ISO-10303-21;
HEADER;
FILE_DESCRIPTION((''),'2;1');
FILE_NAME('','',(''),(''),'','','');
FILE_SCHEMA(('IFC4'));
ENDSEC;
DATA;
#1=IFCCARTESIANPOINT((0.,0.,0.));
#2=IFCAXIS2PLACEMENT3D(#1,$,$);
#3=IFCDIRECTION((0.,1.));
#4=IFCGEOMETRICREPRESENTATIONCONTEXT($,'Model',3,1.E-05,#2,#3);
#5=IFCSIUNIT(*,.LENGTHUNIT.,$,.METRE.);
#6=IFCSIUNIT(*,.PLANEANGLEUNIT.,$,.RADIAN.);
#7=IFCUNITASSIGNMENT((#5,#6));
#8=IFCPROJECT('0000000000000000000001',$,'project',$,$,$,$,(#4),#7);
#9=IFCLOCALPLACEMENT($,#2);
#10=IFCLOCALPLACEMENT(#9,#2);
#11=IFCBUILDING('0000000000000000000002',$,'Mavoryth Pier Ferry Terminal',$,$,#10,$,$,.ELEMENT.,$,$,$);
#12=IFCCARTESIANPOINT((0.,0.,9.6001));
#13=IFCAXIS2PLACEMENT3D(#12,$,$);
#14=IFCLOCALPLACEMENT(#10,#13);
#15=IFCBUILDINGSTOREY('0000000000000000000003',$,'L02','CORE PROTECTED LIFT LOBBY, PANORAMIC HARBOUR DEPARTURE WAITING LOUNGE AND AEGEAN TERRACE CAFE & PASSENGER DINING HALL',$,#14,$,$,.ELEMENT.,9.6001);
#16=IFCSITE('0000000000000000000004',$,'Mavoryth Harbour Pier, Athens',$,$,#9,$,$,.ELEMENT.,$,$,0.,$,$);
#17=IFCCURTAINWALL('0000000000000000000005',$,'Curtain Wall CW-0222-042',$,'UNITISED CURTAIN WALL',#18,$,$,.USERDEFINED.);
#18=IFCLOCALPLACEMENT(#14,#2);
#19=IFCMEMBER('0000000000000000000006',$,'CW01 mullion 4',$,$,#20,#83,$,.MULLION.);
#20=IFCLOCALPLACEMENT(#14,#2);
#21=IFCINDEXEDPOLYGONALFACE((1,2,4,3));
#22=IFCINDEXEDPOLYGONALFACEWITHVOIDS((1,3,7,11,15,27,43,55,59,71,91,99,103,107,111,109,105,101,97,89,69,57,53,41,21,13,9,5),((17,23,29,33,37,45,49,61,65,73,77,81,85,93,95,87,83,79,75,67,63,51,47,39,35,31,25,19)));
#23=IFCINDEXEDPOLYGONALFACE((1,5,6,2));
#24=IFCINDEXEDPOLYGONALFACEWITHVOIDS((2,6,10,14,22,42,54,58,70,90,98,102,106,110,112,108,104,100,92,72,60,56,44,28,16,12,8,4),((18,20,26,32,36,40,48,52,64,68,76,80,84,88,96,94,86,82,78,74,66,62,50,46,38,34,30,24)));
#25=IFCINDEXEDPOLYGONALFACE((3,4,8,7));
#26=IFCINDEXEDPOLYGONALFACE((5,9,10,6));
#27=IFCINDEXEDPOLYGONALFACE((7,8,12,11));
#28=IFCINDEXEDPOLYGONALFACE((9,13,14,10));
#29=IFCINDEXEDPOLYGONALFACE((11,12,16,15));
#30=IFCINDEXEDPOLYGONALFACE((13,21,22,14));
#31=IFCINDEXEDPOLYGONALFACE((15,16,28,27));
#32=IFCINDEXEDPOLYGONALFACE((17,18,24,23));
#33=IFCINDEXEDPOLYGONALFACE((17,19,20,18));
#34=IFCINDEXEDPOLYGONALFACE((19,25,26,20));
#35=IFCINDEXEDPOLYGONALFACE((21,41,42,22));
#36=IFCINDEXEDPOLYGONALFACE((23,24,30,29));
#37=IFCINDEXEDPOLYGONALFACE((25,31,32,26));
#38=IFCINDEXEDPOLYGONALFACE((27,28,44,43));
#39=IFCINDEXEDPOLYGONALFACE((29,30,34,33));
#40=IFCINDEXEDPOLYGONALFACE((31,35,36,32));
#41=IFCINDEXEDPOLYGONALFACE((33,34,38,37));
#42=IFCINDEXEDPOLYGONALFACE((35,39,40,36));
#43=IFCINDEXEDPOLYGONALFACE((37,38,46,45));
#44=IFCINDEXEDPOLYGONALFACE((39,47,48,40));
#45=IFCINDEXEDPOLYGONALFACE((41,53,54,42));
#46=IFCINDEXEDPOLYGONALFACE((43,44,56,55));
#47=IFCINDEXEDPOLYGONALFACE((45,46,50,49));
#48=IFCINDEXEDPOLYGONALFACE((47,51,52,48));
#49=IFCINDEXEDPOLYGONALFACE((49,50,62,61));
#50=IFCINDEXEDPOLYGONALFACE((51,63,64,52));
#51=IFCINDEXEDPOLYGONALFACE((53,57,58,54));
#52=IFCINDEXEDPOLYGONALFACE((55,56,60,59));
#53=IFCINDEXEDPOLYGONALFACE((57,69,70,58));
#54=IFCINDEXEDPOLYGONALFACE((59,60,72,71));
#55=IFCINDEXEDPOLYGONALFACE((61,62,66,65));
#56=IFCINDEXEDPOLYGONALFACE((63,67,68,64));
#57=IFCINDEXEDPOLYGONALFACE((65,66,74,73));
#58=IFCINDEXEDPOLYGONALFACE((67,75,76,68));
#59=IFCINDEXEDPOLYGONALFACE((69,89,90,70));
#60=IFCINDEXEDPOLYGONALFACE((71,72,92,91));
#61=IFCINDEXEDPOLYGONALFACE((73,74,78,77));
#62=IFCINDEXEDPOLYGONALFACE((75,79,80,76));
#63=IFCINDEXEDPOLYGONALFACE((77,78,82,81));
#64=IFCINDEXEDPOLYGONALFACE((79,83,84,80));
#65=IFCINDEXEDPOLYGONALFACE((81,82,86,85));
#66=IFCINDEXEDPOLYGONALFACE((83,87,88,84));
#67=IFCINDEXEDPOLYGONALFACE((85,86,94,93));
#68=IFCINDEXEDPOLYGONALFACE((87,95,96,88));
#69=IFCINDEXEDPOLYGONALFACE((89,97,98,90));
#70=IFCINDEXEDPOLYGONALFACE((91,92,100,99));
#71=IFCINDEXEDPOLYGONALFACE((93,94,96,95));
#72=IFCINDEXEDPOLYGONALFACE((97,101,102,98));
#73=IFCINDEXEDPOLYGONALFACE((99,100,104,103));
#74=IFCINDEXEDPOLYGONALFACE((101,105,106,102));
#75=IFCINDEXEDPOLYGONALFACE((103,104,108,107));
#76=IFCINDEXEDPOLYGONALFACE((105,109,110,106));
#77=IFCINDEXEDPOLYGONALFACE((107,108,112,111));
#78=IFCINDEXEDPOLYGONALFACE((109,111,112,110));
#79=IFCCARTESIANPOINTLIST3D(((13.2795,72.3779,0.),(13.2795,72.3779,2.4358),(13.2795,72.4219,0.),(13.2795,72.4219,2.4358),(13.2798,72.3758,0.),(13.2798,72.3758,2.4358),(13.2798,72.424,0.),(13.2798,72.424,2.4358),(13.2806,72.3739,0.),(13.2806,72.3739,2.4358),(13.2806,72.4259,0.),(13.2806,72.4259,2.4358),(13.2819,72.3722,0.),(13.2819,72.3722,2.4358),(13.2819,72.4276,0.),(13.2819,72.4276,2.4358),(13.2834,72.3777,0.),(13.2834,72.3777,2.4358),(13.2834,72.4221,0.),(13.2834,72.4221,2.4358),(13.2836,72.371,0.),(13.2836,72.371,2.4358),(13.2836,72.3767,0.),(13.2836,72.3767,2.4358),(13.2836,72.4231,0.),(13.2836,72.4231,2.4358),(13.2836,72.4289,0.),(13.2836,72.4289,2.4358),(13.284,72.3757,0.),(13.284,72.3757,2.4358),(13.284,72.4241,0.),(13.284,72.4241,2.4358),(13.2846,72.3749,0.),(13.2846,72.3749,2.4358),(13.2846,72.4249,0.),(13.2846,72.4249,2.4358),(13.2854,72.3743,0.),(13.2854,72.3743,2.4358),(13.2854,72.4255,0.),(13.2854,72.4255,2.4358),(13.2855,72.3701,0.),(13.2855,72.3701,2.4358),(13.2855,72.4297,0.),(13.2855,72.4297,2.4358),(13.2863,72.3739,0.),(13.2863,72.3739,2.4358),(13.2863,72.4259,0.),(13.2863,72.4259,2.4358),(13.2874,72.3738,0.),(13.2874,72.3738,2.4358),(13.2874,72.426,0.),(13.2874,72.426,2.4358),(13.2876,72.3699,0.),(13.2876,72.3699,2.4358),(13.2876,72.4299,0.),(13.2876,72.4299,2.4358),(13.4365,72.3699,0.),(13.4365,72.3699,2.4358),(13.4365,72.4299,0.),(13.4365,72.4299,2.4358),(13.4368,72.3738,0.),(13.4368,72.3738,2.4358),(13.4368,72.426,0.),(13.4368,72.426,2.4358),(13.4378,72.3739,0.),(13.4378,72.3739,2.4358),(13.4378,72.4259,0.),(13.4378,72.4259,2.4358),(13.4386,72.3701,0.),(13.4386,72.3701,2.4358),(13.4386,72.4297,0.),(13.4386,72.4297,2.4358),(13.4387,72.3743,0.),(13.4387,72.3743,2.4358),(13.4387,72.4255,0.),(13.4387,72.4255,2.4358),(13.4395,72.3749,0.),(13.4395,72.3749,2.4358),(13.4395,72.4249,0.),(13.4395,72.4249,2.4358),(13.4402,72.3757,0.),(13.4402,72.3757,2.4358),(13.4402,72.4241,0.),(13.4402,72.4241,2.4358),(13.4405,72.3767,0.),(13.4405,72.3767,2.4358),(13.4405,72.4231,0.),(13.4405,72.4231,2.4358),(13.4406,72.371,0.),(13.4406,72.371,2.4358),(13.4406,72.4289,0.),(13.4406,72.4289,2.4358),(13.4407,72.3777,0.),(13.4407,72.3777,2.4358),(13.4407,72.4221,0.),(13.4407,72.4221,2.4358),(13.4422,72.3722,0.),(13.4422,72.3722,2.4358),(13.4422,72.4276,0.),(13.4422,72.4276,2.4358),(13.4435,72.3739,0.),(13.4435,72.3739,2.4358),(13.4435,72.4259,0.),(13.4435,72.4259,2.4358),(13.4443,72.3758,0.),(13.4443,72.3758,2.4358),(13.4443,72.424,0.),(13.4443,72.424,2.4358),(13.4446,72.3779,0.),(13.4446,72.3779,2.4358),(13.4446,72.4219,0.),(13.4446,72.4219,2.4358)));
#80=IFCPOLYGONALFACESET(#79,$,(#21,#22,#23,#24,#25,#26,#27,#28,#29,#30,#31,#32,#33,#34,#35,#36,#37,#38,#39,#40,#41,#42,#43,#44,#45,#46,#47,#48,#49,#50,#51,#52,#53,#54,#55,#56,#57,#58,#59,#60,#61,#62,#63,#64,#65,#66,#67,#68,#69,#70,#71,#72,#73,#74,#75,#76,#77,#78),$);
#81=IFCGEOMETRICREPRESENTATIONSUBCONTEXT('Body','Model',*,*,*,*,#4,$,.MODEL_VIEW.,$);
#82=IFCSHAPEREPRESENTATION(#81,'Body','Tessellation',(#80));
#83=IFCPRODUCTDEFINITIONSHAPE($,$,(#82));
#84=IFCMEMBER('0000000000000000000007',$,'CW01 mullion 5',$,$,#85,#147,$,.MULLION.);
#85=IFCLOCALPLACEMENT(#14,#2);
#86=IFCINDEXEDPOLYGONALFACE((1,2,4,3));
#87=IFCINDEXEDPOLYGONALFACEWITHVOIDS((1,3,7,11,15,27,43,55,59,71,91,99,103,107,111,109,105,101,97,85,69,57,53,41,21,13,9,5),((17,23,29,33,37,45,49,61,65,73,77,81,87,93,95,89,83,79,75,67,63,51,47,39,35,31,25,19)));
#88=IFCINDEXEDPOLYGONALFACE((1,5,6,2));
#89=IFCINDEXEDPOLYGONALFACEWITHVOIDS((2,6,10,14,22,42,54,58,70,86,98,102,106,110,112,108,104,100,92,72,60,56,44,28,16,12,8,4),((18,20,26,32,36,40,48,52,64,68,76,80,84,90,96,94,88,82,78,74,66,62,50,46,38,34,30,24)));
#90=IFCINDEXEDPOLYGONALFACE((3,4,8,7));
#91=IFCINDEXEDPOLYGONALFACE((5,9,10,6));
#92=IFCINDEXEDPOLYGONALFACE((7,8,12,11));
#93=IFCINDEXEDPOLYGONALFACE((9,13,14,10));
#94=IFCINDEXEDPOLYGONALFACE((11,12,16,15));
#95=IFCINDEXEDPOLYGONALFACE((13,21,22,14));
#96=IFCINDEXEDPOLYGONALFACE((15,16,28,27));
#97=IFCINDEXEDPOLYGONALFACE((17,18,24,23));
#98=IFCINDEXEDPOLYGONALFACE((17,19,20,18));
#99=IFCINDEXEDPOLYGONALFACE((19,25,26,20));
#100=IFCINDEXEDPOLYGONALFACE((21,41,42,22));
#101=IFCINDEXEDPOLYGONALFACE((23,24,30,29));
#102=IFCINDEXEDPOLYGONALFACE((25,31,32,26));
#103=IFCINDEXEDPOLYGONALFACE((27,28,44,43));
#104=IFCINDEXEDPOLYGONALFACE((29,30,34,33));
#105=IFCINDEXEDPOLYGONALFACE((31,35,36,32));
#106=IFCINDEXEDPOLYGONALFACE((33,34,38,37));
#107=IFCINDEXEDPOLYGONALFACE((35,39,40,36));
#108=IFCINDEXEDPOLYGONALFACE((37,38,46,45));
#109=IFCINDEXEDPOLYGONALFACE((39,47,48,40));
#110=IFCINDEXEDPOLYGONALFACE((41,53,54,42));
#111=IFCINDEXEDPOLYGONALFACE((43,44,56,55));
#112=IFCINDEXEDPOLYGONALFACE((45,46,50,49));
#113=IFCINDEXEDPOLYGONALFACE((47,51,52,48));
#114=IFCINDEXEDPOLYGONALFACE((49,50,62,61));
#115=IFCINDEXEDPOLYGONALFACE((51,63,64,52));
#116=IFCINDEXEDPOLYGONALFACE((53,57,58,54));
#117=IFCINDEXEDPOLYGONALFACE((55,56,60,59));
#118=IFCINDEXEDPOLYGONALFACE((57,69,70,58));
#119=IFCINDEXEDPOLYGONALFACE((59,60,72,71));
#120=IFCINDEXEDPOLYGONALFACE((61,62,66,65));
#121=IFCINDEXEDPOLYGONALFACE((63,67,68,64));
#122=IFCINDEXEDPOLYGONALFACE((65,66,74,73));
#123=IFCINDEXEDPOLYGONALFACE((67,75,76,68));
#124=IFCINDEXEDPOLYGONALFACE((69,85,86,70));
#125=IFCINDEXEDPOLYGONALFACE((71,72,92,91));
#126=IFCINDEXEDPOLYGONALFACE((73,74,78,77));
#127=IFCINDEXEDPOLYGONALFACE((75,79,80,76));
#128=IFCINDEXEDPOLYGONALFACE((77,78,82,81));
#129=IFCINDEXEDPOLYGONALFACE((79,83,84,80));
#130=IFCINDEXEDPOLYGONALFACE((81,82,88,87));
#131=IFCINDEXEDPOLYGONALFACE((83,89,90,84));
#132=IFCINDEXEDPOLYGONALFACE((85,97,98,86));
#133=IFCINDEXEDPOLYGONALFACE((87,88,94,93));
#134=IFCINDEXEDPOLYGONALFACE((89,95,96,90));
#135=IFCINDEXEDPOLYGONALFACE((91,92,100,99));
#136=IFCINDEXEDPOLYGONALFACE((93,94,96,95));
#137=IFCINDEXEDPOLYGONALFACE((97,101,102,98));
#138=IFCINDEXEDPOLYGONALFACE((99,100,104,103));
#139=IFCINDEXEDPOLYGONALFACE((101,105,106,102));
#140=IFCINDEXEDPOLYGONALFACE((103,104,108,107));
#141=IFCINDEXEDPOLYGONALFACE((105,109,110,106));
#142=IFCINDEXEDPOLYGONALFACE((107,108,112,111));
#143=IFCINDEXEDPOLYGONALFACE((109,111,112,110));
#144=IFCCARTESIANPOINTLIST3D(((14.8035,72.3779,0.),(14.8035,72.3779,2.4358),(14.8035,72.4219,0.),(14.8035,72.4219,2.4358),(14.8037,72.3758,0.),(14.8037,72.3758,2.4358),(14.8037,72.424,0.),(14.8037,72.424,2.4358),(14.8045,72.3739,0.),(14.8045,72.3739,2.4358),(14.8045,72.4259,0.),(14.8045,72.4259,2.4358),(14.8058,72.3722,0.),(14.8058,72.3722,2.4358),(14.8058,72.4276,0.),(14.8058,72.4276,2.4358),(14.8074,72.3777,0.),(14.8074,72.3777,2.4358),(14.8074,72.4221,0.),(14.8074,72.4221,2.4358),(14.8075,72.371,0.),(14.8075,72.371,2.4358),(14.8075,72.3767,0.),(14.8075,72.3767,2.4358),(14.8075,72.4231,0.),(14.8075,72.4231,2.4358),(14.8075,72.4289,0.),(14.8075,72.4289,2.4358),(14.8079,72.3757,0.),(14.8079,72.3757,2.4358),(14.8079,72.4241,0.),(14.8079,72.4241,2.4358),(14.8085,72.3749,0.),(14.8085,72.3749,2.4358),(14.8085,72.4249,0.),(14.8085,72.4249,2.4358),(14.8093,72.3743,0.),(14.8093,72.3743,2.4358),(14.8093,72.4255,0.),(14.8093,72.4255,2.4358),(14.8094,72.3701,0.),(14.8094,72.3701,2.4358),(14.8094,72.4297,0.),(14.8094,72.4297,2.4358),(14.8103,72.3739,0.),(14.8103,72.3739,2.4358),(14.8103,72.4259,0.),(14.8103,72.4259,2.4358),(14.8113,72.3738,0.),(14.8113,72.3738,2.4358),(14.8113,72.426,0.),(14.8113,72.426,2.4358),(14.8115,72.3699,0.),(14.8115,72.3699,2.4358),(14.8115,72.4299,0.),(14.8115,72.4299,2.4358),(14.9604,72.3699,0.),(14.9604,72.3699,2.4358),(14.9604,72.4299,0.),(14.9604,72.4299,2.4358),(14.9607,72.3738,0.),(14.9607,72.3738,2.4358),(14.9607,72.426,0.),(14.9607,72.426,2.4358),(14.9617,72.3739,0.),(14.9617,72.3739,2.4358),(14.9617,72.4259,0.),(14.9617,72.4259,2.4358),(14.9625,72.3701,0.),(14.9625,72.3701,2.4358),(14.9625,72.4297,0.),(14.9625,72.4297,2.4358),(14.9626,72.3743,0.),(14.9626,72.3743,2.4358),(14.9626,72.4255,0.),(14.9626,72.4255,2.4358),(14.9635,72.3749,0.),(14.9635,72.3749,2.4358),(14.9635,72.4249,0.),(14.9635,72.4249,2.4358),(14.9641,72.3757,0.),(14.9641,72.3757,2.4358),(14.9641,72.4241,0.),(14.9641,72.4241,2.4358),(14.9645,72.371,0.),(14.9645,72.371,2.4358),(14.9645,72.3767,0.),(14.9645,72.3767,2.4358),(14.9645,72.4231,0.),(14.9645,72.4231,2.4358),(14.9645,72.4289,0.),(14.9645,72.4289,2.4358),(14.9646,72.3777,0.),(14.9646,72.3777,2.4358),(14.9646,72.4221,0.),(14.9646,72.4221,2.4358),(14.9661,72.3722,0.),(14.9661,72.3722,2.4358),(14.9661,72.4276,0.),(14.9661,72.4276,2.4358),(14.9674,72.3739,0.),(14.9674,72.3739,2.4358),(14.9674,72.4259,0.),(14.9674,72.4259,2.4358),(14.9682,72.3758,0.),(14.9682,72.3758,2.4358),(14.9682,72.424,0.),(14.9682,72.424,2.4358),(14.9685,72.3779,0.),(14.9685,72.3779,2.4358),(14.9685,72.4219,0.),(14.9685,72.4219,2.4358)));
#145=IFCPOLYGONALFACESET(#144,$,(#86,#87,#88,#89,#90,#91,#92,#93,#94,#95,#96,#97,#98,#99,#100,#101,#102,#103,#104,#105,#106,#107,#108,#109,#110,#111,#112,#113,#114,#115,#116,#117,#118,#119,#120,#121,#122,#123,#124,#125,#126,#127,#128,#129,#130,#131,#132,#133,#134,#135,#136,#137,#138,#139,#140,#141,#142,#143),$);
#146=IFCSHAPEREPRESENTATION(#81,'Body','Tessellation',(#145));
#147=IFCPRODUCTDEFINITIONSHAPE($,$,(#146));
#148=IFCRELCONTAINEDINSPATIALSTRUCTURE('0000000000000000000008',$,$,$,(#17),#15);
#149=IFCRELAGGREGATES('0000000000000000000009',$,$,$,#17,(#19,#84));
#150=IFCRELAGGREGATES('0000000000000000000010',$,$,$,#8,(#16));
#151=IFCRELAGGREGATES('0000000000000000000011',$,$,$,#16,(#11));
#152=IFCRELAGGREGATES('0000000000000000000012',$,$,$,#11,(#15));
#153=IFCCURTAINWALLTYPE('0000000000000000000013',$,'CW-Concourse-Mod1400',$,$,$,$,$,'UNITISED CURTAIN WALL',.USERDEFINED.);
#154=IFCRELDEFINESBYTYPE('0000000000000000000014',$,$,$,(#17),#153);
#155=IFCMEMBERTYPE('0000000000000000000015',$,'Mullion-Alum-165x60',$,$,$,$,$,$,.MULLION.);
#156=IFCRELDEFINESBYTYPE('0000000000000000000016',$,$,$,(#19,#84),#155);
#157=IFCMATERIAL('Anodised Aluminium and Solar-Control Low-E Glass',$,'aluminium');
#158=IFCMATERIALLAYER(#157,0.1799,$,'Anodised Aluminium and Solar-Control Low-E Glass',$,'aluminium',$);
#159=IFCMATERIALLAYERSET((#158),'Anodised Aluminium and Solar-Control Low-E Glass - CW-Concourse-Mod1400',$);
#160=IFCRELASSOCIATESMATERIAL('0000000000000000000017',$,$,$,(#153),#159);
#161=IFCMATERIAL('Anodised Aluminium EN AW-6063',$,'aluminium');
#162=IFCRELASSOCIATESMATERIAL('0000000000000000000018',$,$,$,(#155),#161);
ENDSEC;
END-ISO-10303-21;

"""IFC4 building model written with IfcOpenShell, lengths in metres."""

from ifc_helpers import new_model, si_unit, direction, frame, origin, origin_2d, place, context, subcontext, project, spatial, hollow_rectangle, extrude, material, layer, layer_set, material_profile, profile_set, type_object, element, aggregate, save


model = new_model("IFC4")

# Units and contexts
model_context = context("Model", 3, precision=1e-05, world=origin(), true_north=direction((0.0, 1.0)))
body_context = subcontext(model_context, "Body", "Model", "MODEL_VIEW")
ifc_project = project(units=[si_unit("LENGTHUNIT", "METRE"), si_unit("PLANEANGLEUNIT", "RADIAN")], contexts=[model_context])

# Site, building, storey
site_placement = place(None, origin())
site = spatial("IfcSite", under=ifc_project, at=site_placement, Name="Mavoryth Harbour Pier, Athens", CompositionType="ELEMENT", RefElevation=0.0)
building_placement = place(site_placement, origin())
building = spatial("IfcBuilding", under=site, at=building_placement, Name="Mavoryth Pier Ferry Terminal", CompositionType="ELEMENT")
storey_placement = place(building_placement, frame((0.0, 0.0, 9.6001)))
storey = spatial("IfcBuildingStorey", under=building, at=storey_placement, Name="L02", Description="CORE PROTECTED LIFT LOBBY, PANORAMIC HARBOUR DEPARTURE WAITING LOUNGE AND AEGEAN TERRACE CAFE & PASSENGER DINING HALL", CompositionType="ELEMENT", Elevation=9.6001)

# Shared definitions
ifc_material_1 = material(Name="Anodised Aluminium and Solar-Control Low-E Glass", Category="aluminium")
ifc_layer_1 = layer(ifc_material_1, 0.1799, Name="Anodised Aluminium and Solar-Control Low-E Glass", Category="aluminium")
ifc_layer_set_1 = layer_set([ifc_layer_1], Name="Anodised Aluminium and Solar-Control Low-E Glass - CW-Concourse-Mod1400")
curtain_wall_type = type_object("IfcCurtainWallType", Name="CW-Concourse-Mod1400", ElementType="UNITISED CURTAIN WALL", PredefinedType="USERDEFINED", material=ifc_layer_set_1)
ifc_material_2 = material(Name="Anodised Aluminium EN AW-6063", Category="aluminium")
ifc_material_profile_1 = material_profile(ifc_material_2, hollow_rectangle(XDim=0.0601, YDim=0.165, WallThickness=0.0039, InnerFilletRadius=0.0039, OuterFilletRadius=0.0081, at=origin_2d()), Name="AL-MULL 165x60x4", Category="aluminium")
ifc_profile_set_1 = profile_set([ifc_material_profile_1], Name="Anodised Aluminium EN AW-6063 - AL-MULL 165x60x4")
member_type_1 = type_object("IfcMemberType", Name="Mullion-Alum-165x60", PredefinedType="MULLION", material=ifc_profile_set_1)

# Curtain wall, members
curtain_wall_1_placement = place(storey_placement, origin())
curtain_wall_1 = element("IfcCurtainWall", 1, at=curtain_wall_1_placement, inside=storey, type_object=curtain_wall_type, Name="Curtain Wall CW-0222-042", ObjectType="UNITISED CURTAIN WALL", PredefinedType="USERDEFINED")
member_1_placement = place(storey_placement, frame((13.3621, 72.3999, 0.0), z_axis=(0.0, 0.0, 1.0), x_axis=(0.0, 1.0, 0.0)))
member_1 = element("IfcMember", 2, at=member_1_placement, type_object=member_type_1, Name="CW01 mullion 4", PredefinedType="MULLION", context=body_context, shape_type="SweptSolid", body=[
    extrude(hollow_rectangle(XDim=0.0601, YDim=0.165, WallThickness=0.0039, InnerFilletRadius=0.0039, OuterFilletRadius=0.0081, at=origin_2d()), origin(), (0.0, 0.0, 1.0), 2.4358),
])
member_2_placement = place(storey_placement, frame((14.886, 72.3999, 0.0), z_axis=(0.0, 0.0, 1.0), x_axis=(0.0, 1.0, 0.0)))
member_2 = element("IfcMember", 3, at=member_2_placement, type_object=member_type_1, Name="CW01 mullion 5", PredefinedType="MULLION", context=body_context, shape_type="SweptSolid", body=[
    extrude(hollow_rectangle(XDim=0.0601, YDim=0.165, WallThickness=0.0039, InnerFilletRadius=0.0039, OuterFilletRadius=0.0081, at=origin_2d()), origin(), (0.0, 0.0, 1.0), 2.4358),
])

aggregate(curtain_wall_1, [member_1, member_2])

save(model, "model.ifc")
